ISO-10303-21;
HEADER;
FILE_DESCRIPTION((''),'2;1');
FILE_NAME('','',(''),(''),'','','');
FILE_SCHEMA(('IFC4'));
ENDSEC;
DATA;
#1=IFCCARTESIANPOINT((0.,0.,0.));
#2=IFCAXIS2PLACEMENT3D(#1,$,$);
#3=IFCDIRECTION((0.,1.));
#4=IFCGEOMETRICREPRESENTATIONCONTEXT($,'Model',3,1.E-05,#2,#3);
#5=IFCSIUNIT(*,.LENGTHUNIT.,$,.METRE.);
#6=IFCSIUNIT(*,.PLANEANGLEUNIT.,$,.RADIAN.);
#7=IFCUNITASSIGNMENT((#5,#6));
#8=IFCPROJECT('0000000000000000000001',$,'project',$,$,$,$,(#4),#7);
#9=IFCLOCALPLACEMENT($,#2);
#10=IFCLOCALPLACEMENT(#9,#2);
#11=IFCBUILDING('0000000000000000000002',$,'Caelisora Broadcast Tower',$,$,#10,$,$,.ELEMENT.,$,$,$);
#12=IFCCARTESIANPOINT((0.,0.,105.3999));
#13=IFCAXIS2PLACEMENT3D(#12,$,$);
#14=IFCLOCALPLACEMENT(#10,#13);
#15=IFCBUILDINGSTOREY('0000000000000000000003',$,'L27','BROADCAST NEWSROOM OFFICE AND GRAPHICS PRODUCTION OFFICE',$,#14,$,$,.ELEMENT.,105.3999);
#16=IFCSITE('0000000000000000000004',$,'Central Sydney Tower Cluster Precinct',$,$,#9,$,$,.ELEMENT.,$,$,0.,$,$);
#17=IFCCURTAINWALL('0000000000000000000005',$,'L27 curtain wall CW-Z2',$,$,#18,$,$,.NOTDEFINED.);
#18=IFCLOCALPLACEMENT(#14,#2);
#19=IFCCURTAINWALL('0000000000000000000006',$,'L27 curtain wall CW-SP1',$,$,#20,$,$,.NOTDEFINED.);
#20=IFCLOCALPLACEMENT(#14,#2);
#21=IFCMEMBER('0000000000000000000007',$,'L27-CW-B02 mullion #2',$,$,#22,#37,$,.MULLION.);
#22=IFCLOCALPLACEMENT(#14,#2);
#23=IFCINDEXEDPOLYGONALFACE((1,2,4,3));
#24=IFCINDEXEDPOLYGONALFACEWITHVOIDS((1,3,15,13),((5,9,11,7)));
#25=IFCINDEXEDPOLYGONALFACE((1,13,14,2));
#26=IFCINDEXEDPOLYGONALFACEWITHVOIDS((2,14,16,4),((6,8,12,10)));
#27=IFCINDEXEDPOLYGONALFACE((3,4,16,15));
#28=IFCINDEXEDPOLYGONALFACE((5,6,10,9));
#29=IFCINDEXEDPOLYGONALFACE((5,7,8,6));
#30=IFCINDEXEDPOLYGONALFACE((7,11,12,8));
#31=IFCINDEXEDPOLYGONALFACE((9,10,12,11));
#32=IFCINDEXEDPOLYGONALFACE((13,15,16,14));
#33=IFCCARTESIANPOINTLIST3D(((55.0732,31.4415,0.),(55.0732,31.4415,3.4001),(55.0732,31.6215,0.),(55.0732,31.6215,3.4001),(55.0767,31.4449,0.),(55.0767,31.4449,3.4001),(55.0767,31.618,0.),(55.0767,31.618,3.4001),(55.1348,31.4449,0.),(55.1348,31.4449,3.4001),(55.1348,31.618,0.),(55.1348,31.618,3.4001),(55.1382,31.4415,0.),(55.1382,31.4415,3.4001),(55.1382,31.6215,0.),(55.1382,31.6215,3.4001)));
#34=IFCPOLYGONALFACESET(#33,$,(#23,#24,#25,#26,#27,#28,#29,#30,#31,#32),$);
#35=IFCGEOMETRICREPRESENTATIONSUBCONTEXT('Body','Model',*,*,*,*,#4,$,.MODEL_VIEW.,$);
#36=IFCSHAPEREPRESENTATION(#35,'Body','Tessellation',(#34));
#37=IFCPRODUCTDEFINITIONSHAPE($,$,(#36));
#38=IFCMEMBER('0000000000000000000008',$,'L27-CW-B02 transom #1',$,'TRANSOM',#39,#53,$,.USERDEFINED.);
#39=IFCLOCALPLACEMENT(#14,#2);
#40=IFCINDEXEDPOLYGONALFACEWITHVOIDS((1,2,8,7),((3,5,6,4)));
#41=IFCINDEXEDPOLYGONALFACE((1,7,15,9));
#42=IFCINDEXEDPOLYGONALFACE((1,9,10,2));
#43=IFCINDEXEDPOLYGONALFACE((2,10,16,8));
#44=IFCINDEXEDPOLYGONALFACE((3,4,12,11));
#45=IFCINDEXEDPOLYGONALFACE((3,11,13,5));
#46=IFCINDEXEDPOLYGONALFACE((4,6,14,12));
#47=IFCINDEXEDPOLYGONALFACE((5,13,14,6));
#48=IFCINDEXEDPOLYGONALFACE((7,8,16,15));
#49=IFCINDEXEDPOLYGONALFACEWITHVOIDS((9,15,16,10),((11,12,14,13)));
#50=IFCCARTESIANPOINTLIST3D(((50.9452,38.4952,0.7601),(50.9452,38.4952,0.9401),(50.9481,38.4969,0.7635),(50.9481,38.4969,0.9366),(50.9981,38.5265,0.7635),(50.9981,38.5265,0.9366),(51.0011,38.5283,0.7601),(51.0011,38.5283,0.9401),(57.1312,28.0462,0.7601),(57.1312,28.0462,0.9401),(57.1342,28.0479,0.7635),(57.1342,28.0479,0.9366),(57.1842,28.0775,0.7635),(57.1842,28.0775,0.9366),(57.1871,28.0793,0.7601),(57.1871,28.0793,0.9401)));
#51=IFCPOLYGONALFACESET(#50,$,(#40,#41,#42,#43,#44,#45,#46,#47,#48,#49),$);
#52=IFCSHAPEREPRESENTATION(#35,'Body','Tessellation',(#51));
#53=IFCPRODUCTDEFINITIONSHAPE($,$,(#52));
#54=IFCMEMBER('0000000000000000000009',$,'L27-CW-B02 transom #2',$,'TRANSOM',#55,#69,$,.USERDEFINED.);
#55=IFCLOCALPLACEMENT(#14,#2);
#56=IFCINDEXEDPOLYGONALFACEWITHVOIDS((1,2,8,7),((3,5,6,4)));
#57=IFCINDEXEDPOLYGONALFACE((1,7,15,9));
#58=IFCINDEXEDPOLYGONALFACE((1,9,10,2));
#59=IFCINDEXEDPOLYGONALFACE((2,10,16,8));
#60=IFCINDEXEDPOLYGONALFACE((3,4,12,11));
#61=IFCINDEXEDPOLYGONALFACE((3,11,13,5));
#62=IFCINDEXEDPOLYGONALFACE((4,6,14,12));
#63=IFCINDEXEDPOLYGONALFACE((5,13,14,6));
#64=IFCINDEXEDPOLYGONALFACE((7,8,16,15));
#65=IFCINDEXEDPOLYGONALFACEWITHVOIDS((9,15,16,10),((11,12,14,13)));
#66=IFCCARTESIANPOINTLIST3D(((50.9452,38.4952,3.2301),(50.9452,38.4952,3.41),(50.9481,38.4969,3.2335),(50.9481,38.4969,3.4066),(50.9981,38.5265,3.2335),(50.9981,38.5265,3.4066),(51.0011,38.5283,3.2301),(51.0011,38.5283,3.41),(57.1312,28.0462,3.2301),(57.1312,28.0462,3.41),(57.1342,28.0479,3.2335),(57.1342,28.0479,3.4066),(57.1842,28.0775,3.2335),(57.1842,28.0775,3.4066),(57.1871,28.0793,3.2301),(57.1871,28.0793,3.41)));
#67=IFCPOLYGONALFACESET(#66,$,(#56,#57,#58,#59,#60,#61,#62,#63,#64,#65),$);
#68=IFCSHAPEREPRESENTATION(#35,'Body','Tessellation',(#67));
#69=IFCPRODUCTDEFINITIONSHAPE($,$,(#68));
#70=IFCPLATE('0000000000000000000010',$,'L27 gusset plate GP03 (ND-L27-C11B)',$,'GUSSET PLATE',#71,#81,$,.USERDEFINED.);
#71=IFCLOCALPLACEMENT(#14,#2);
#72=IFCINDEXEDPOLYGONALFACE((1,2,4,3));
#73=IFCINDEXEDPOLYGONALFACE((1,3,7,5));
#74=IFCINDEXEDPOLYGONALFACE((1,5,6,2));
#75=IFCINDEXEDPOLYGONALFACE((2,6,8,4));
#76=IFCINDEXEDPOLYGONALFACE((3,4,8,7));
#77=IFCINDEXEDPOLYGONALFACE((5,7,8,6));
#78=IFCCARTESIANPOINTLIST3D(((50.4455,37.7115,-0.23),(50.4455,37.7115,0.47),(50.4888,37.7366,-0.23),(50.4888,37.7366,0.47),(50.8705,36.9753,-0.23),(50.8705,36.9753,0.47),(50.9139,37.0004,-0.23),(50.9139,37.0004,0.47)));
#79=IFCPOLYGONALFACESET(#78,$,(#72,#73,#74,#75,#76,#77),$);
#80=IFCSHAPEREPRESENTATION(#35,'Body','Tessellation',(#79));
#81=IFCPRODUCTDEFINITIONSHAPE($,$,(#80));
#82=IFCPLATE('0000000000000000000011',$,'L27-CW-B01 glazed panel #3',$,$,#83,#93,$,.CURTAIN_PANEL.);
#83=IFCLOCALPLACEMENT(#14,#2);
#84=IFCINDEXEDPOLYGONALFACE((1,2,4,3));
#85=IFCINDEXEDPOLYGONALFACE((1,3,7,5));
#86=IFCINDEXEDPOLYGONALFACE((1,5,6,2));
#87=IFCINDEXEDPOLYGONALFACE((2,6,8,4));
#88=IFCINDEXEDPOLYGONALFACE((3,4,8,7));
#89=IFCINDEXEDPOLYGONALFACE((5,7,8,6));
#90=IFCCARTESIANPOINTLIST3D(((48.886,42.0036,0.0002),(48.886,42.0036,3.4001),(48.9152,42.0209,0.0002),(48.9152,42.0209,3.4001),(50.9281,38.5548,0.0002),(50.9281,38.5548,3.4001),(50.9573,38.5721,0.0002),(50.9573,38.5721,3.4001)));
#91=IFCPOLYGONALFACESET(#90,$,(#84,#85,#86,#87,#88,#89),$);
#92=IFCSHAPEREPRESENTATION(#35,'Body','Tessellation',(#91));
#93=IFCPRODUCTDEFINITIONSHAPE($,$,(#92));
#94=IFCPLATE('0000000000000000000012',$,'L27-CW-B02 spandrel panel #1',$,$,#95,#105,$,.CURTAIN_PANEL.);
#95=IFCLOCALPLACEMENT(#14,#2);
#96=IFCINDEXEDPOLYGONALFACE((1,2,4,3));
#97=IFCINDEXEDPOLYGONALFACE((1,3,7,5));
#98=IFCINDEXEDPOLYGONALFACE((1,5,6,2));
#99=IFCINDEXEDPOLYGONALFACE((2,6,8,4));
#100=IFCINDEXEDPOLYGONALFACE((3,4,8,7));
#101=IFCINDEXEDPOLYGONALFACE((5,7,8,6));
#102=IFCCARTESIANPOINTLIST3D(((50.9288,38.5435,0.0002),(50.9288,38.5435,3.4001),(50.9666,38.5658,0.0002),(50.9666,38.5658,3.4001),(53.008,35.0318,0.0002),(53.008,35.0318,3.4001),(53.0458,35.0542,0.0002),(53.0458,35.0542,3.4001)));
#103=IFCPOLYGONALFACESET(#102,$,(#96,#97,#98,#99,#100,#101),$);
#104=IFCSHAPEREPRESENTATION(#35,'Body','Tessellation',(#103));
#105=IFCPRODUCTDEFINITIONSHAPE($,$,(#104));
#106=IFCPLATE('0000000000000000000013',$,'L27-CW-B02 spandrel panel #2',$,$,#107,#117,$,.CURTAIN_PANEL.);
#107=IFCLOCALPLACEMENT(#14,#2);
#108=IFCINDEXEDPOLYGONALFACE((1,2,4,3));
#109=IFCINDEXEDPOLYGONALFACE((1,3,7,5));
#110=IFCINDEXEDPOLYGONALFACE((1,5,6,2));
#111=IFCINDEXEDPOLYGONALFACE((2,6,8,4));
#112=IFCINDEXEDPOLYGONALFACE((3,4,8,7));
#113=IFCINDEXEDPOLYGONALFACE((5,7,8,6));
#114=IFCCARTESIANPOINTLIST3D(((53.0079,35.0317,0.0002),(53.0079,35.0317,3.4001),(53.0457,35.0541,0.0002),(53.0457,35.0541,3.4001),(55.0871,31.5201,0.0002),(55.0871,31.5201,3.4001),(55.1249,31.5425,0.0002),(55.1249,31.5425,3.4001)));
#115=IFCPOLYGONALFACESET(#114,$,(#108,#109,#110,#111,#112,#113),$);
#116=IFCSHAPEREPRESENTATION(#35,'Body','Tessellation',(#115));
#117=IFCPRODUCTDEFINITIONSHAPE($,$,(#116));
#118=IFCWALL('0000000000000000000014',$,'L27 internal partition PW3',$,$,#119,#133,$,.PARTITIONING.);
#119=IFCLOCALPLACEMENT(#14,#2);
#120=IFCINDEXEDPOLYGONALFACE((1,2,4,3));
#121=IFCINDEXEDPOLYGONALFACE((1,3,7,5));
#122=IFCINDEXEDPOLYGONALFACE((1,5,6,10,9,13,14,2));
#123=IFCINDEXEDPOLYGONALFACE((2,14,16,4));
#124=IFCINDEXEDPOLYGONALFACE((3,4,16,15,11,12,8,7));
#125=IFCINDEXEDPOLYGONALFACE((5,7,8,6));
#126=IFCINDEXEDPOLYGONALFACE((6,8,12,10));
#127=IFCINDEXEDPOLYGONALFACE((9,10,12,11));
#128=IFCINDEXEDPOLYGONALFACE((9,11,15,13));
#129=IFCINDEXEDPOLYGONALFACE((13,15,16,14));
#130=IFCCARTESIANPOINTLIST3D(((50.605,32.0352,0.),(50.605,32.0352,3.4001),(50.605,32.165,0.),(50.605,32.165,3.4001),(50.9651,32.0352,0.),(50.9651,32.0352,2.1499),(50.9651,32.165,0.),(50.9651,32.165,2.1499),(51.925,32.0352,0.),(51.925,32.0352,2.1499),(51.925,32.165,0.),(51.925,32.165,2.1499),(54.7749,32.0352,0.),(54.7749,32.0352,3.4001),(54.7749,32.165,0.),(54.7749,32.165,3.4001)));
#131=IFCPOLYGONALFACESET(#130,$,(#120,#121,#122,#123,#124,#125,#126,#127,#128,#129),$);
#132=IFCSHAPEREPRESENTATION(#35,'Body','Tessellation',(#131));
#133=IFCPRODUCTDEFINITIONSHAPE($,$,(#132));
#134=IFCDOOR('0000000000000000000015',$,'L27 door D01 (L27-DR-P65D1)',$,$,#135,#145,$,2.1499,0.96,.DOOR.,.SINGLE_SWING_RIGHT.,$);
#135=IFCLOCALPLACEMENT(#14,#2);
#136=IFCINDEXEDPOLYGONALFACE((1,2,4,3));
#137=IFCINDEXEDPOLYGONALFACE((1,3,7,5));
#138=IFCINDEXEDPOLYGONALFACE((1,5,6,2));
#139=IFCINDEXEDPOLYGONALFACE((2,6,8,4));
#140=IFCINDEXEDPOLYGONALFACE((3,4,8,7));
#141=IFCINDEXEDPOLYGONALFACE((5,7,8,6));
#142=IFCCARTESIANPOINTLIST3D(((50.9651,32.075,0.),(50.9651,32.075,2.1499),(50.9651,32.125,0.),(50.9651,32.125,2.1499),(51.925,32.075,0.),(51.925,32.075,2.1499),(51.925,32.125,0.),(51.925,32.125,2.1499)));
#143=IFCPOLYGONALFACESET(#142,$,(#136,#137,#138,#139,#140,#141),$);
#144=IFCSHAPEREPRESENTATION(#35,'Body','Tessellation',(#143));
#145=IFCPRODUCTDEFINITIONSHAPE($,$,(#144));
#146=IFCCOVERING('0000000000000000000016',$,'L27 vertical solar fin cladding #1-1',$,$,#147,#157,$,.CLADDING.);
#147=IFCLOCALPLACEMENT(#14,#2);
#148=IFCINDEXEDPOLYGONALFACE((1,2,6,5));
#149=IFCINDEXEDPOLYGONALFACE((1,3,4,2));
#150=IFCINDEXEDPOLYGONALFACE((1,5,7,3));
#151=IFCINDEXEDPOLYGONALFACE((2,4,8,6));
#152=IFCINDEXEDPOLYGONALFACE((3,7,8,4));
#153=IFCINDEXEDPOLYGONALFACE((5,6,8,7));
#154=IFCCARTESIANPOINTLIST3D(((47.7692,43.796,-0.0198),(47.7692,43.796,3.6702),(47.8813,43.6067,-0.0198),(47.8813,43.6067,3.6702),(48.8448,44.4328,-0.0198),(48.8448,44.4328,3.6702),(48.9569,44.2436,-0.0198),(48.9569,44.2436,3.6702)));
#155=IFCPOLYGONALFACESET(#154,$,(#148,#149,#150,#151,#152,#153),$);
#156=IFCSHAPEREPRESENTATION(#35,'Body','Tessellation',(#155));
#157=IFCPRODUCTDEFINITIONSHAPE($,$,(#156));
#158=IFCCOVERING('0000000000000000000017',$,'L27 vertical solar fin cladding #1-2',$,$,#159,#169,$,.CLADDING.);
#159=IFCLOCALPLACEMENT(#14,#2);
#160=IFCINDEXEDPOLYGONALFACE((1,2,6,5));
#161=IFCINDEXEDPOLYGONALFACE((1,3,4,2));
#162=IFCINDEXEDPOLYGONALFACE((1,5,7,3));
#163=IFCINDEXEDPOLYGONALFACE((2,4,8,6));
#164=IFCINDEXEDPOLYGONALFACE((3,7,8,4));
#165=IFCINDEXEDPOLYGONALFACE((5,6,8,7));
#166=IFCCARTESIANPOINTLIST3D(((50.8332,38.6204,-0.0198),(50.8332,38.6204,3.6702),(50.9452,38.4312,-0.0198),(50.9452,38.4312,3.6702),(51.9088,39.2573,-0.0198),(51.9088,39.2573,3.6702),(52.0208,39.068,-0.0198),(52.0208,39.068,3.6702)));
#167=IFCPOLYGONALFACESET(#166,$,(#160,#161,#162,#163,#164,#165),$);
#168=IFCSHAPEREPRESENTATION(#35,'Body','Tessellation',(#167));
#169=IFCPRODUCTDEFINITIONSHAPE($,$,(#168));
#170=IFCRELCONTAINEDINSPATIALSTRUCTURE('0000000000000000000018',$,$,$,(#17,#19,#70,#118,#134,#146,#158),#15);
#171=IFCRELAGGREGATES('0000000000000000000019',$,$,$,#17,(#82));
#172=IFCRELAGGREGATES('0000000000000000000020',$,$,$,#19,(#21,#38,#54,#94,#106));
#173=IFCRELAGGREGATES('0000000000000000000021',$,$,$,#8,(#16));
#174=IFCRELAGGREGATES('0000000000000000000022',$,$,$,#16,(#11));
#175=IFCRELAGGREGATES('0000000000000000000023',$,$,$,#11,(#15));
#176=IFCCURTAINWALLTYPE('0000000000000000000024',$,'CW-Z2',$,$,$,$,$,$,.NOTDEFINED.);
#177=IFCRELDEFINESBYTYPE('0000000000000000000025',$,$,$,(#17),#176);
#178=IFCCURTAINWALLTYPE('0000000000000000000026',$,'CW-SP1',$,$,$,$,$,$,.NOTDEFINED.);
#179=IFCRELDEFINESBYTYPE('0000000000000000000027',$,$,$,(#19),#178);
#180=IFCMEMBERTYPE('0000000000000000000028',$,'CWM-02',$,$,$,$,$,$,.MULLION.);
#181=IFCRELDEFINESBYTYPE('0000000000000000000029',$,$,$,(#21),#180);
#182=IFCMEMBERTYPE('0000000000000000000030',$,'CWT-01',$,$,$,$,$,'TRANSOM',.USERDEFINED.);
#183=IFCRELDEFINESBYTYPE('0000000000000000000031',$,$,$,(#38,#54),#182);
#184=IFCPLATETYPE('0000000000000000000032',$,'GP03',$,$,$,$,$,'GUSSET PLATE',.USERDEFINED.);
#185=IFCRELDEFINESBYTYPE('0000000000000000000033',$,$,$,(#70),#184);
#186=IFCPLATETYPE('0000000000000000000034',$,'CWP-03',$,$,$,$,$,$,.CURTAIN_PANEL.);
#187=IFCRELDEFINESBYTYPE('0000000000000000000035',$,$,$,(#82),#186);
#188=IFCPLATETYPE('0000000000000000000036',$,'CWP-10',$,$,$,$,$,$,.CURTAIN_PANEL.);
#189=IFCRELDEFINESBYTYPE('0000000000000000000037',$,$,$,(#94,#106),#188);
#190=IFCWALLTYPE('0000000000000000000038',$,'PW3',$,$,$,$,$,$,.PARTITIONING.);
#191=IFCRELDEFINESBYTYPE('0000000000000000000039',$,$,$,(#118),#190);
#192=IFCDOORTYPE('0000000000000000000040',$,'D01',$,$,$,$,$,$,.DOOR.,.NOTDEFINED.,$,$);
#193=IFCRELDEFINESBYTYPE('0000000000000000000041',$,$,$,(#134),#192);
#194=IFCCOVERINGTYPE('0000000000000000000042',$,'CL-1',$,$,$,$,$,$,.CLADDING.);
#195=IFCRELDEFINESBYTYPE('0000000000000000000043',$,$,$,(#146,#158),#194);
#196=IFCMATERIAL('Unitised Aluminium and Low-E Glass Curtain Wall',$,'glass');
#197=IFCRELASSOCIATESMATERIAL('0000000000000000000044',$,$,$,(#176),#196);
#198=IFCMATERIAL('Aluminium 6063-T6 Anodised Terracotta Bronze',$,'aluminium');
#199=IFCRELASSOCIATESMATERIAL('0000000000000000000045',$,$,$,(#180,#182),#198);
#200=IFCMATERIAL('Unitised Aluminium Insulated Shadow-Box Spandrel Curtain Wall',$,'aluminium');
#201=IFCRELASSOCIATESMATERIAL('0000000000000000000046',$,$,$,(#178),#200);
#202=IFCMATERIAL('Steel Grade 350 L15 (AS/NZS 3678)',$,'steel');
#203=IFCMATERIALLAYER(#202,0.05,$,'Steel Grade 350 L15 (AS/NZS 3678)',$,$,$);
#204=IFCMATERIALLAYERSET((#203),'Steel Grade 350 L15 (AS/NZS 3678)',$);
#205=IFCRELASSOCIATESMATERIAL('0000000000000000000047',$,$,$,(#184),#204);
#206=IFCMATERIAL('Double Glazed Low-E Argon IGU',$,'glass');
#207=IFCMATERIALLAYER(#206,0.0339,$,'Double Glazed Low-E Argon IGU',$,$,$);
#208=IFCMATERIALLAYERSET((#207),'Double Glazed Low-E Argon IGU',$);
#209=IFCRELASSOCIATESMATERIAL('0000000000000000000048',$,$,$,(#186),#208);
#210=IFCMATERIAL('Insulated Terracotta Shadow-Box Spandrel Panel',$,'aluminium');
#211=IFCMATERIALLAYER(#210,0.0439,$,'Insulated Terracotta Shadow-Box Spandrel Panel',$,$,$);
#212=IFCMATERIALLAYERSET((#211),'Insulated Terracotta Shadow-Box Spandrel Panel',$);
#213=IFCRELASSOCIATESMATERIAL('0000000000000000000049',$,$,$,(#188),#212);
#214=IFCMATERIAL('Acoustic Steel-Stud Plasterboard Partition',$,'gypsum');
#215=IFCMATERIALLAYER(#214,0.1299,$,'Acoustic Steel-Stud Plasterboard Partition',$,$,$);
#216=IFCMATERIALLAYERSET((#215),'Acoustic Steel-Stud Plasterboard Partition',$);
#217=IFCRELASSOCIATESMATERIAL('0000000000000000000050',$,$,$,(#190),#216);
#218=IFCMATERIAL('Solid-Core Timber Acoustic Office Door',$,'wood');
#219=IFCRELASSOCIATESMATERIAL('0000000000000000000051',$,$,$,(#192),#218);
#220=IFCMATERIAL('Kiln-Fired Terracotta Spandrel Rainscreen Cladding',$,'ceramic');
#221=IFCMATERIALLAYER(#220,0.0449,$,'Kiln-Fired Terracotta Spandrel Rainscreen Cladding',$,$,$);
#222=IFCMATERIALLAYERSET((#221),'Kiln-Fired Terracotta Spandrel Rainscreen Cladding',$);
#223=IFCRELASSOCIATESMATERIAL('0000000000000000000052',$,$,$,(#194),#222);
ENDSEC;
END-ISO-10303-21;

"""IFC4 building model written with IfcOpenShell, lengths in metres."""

from ifc_helpers import new_model, si_unit, direction, frame, frame_2d, origin, origin_2d, place, context, subcontext, project, spatial, rectangle, hollow_rectangle, extrude, source, transform, mapped, material, layer, layer_set, material_profile, profile_set, type_object, type_shapes, element, fill, aggregate, save


model = new_model("IFC4")

# Units and contexts
model_context = context("Model", 3, precision=1e-05, world=origin(), true_north=direction((0.0, 1.0)))
body_context = subcontext(model_context, "Body", "Model", "MODEL_VIEW")
ifc_project = project(units=[si_unit("LENGTHUNIT", "METRE"), si_unit("PLANEANGLEUNIT", "RADIAN")], contexts=[model_context])

# Site, building, storey
site_placement = place(None, origin())
site = spatial("IfcSite", under=ifc_project, at=site_placement, Name="Central Sydney Tower Cluster Precinct", CompositionType="ELEMENT", RefElevation=0.0)
building_placement = place(site_placement, origin())
building = spatial("IfcBuilding", under=site, at=building_placement, Name="Caelisora Broadcast Tower", CompositionType="ELEMENT")
storey_placement = place(building_placement, frame((0.0, 0.0, 105.3999)))
storey = spatial("IfcBuildingStorey", under=building, at=storey_placement, Name="L27", Description="BROADCAST NEWSROOM OFFICE AND GRAPHICS PRODUCTION OFFICE", CompositionType="ELEMENT", Elevation=105.3999)

# Shared definitions
ifc_material_1 = material(Name="Steel Grade 350 L15 (AS/NZS 3678)", Category="steel")

# Curtain walls, members
ifc_material_2 = material(Name="Unitised Aluminium and Low-E Glass Curtain Wall", Category="glass")
curtain_wall_type_1 = type_object("IfcCurtainWallType", Name="CW-Z2", PredefinedType="NOTDEFINED", material=ifc_material_2)
curtain_wall_1_placement = place(storey_placement, origin())
curtain_wall_1 = element("IfcCurtainWall", 1, at=curtain_wall_1_placement, inside=storey, type_object=curtain_wall_type_1, Name="L27 curtain wall CW-Z2", PredefinedType="NOTDEFINED")
ifc_material_3 = material(Name="Aluminium 6063-T6 Anodised Terracotta Bronze", Category="aluminium")
ifc_material_profile_1 = material_profile(ifc_material_3, hollow_rectangle(XDim=0.0649, YDim=0.1799, WallThickness=0.0034, at=origin_2d()), Name="Aluminium 6063-T6 Anodised Terracotta Bronze")
ifc_profile_set_1 = profile_set([ifc_material_profile_1], Name="Aluminium 6063-T6 Anodised Terracotta Bronze")
member_type_1 = type_object("IfcMemberType", Name="CWM-02", PredefinedType="MULLION", material=ifc_profile_set_1)
shared_shape_1 = source(origin(), body_context, "Body", "SweptSolid", [
    extrude(hollow_rectangle(XDim=0.0649, YDim=0.1799, WallThickness=0.0034, at=origin_2d()), origin(), (0.0, 0.0, 1.0), 3.4001),
])
type_shapes(member_type_1, [shared_shape_1])
ifc_material_4 = material(Name="Unitised Aluminium Insulated Shadow-Box Spandrel Curtain Wall", Category="aluminium")
curtain_wall_type_2 = type_object("IfcCurtainWallType", Name="CW-SP1", PredefinedType="NOTDEFINED", material=ifc_material_4)
curtain_wall_2_placement = place(storey_placement, origin())
curtain_wall_2 = element("IfcCurtainWall", 2, at=curtain_wall_2_placement, inside=storey, type_object=curtain_wall_type_2, Name="L27 curtain wall CW-SP1", PredefinedType="NOTDEFINED")
member_1_placement = place(storey_placement, frame((55.1057, 31.5315, 0.0), z_axis=(0.0, 0.0, 1.0), x_axis=(1.0, 0.0, 0.0)))
member_1 = element("IfcMember", 3, at=member_1_placement, type_object=member_type_1, Name="L27-CW-B02 mullion #2", PredefinedType="MULLION", context=body_context, shape_type="MappedRepresentation", body=[
    mapped(shared_shape_1, transform((0.0, 0.0, 0.0), scale=1.0)),
])
ifc_material_profile_2 = material_profile(ifc_material_3, hollow_rectangle(XDim=0.0649, YDim=0.1799, WallThickness=0.0034, at=origin_2d()), Name="Aluminium 6063-T6 Anodised Terracotta Bronze")
ifc_profile_set_2 = profile_set([ifc_material_profile_2], Name="Aluminium 6063-T6 Anodised Terracotta Bronze")
member_type_2 = type_object("IfcMemberType", Name="CWT-01", ElementType="TRANSOM", PredefinedType="USERDEFINED", material=ifc_profile_set_2)
shared_shape_2 = source(origin(), body_context, "Body", "SweptSolid", [
    extrude(hollow_rectangle(XDim=0.0649, YDim=0.1799, WallThickness=0.0034, at=origin_2d()), origin(), (0.0, 0.0, 1.0), 12.1428),
])
type_shapes(member_type_2, [shared_shape_2])
member_2_placement = place(storey_placement, frame((50.9731, 38.5117, 0.8501), z_axis=(0.50944, -0.860506, 0.0), x_axis=(0.860506, 0.50944, 0.0)))
member_2 = element("IfcMember", 4, at=member_2_placement, type_object=member_type_2, Name="L27-CW-B02 transom #1", ObjectType="TRANSOM", PredefinedType="USERDEFINED", context=body_context, shape_type="MappedRepresentation", body=[
    mapped(shared_shape_2, transform((0.0, 0.0, 0.0), scale=1.0)),
])
member_3_placement = place(storey_placement, frame((50.9731, 38.5117, 3.3201), z_axis=(0.50944, -0.860506, 0.0), x_axis=(0.860506, 0.50944, 0.0)))
member_3 = element("IfcMember", 5, at=member_3_placement, type_object=member_type_2, Name="L27-CW-B02 transom #2", ObjectType="TRANSOM", PredefinedType="USERDEFINED", context=body_context, shape_type="MappedRepresentation", body=[
    mapped(shared_shape_2, transform((0.0, 0.0, 0.0), scale=1.0)),
])

# Plates
ifc_layer_1 = layer(ifc_material_1, 0.05, Name="Steel Grade 350 L15 (AS/NZS 3678)")
ifc_layer_set_1 = layer_set([ifc_layer_1], Name="Steel Grade 350 L15 (AS/NZS 3678)")
plate_type_1 = type_object("IfcPlateType", Name="GP03", ElementType="GUSSET PLATE", PredefinedType="USERDEFINED", material=ifc_layer_set_1)
shared_shape_3 = source(origin(), body_context, "Body", "SweptSolid", [
    extrude(rectangle(XDim=0.8501, YDim=0.05, at=origin_2d()), origin(), (0.0, 0.0, 1.0), 0.7),
])
type_shapes(plate_type_1, [shared_shape_3])
plate_1_placement = place(storey_placement, frame((50.6797, 37.356, -0.23), z_axis=(0.0, 0.0, 1.0), x_axis=(-0.5, 0.866025, 0.0)))
element("IfcPlate", 6, at=plate_1_placement, inside=storey, type_object=plate_type_1, Name="L27 gusset plate GP03 (ND-L27-C11B)", ObjectType="GUSSET PLATE", PredefinedType="USERDEFINED", context=body_context, shape_type="MappedRepresentation", body=[
    mapped(shared_shape_3, transform((0.0, 0.0, 0.0), scale=1.0)),
])
ifc_material_5 = material(Name="Double Glazed Low-E Argon IGU", Category="glass")
ifc_layer_2 = layer(ifc_material_5, 0.0339, Name="Double Glazed Low-E Argon IGU")
ifc_layer_set_2 = layer_set([ifc_layer_2], Name="Double Glazed Low-E Argon IGU")
plate_type_2 = type_object("IfcPlateType", Name="CWP-03", PredefinedType="CURTAIN_PANEL", material=ifc_layer_set_2)
shared_shape_4 = source(origin(), body_context, "Body", "SweptSolid", [
    extrude(rectangle(XDim=4.0081, YDim=0.0339, at=origin_2d()), origin(), (0.0, 0.0, 1.0), 3.3999),
])
type_shapes(plate_type_2, [shared_shape_4])
plate_2_placement = place(storey_placement, frame((49.9216, 40.2878, 0.0002), z_axis=(0.0, 0.0, 1.0), x_axis=(0.509492, -0.860475, 0.0)))
plate_2 = element("IfcPlate", 7, at=plate_2_placement, type_object=plate_type_2, Name="L27-CW-B01 glazed panel #3", PredefinedType="CURTAIN_PANEL", context=body_context, shape_type="MappedRepresentation", body=[
    mapped(shared_shape_4, transform((0.0, 0.0, 0.0), scale=1.0)),
])
aggregate(curtain_wall_1, [plate_2])
ifc_material_6 = material(Name="Insulated Terracotta Shadow-Box Spandrel Panel", Category="aluminium")
ifc_layer_3 = layer(ifc_material_6, 0.0439, Name="Insulated Terracotta Shadow-Box Spandrel Panel")
ifc_layer_set_3 = layer_set([ifc_layer_3], Name="Insulated Terracotta Shadow-Box Spandrel Panel")
plate_type_3 = type_object("IfcPlateType", Name="CWP-10", PredefinedType="CURTAIN_PANEL", material=ifc_layer_set_3)
shared_shape_5 = source(origin(), body_context, "Body", "SweptSolid", [
    extrude(rectangle(XDim=4.0811, YDim=0.0439, at=origin_2d()), origin(), (0.0, 0.0, 1.0), 3.3999),
])
type_shapes(plate_type_3, [shared_shape_5])
plate_3_placement = place(storey_placement, frame((51.9873, 36.7988, 0.0002), z_axis=(0.0, 0.0, 1.0), x_axis=(0.509492, -0.860475, 0.0)))
plate_3 = element("IfcPlate", 8, at=plate_3_placement, type_object=plate_type_3, Name="L27-CW-B02 spandrel panel #1", PredefinedType="CURTAIN_PANEL", context=body_context, shape_type="MappedRepresentation", body=[
    mapped(shared_shape_5, transform((0.0, 0.0, 0.0), scale=1.0)),
])
plate_4_placement = place(storey_placement, frame((54.0664, 33.2871, 0.0002), z_axis=(0.0, 0.0, 1.0), x_axis=(0.509492, -0.860475, 0.0)))
plate_4 = element("IfcPlate", 9, at=plate_4_placement, type_object=plate_type_3, Name="L27-CW-B02 spandrel panel #2", PredefinedType="CURTAIN_PANEL", context=body_context, shape_type="MappedRepresentation", body=[
    mapped(shared_shape_5, transform((0.0, 0.0, 0.0), scale=1.0)),
])
aggregate(curtain_wall_2, [member_1, member_2, member_3, plate_3, plate_4])

# Wall, opening, door
ifc_material_7 = material(Name="Acoustic Steel-Stud Plasterboard Partition", Category="gypsum")
ifc_layer_4 = layer(ifc_material_7, 0.1299, Name="Acoustic Steel-Stud Plasterboard Partition")
ifc_layer_set_4 = layer_set([ifc_layer_4], Name="Acoustic Steel-Stud Plasterboard Partition")
wall_type = type_object("IfcWallType", Name="PW3", PredefinedType="PARTITIONING", material=ifc_layer_set_4)
wall_placement = place(storey_placement, frame((50.605, 32.1001, 0.0), z_axis=(0.0, 0.0, 1.0), x_axis=(1.0, 0.0, 0.0)))
wall = element("IfcWall", 10, at=wall_placement, inside=storey, type_object=wall_type, Name="L27 internal partition PW3", PredefinedType="PARTITIONING", context=body_context, shape_type="SweptSolid", body=[
    extrude(rectangle(XDim=4.1699, YDim=0.1299, at=frame_2d((2.085, 0.0))), origin(), (0.0, 0.0, 1.0), 3.4001),
])
opening_placement = place(wall_placement, frame((0.3601, 0.0, 0.0)))
opening = element("IfcOpeningElement", 11, at=opening_placement, cuts=wall, PredefinedType="OPENING", context=body_context, shape_type="SweptSolid", body=[
    extrude(rectangle(XDim=0.96, YDim=2.1499, at=frame_2d((0.48, 1.075))), frame((0.0, 0.0769, 0.0), z_axis=(0.0, -1.0, 0.0), x_axis=(1.0, 0.0, 0.0)), (0.0, 0.0, 1.0), 0.1538),
])
ifc_material_8 = material(Name="Solid-Core Timber Acoustic Office Door", Category="wood")
door_type = type_object("IfcDoorType", Name="D01", OperationType="NOTDEFINED", PredefinedType="DOOR", material=ifc_material_8)
door_placement = place(opening_placement, origin())
door = element("IfcDoor", 12, at=door_placement, inside=storey, type_object=door_type, Name="L27 door D01 (L27-DR-P65D1)", OperationType="SINGLE_SWING_RIGHT", OverallHeight=2.1499, OverallWidth=0.96, PredefinedType="DOOR", context=body_context, shape_type="SweptSolid", body=[
    extrude(rectangle(XDim=0.96, YDim=2.1499, at=frame_2d((0.48, 1.075))), frame((0.0, 0.0249, 0.0), z_axis=(0.0, -1.0, 0.0), x_axis=(1.0, 0.0, 0.0)), (0.0, 0.0, 1.0), 0.05),
])
fill(opening, door)

# Coverings
ifc_material_9 = material(Name="Kiln-Fired Terracotta Spandrel Rainscreen Cladding", Category="ceramic")
ifc_layer_5 = layer(ifc_material_9, 0.0449, Name="Kiln-Fired Terracotta Spandrel Rainscreen Cladding")
ifc_layer_set_5 = layer_set([ifc_layer_5], Name="Kiln-Fired Terracotta Spandrel Rainscreen Cladding")
covering_type = type_object("IfcCoveringType", Name="CL-1", PredefinedType="CLADDING", material=ifc_layer_set_5)
shared_shape_6 = source(origin(), body_context, "Body", "SweptSolid", [
    extrude(rectangle(XDim=0.22, YDim=1.25, at=origin_2d()), origin(), (0.0, 0.0, 1.0), 3.6899),
])
type_shapes(covering_type, [shared_shape_6])
for number, where, z_axis, x_axis, name in (
    (13, (48.363, 44.0198, -0.0198), (0.0, 0.0, 1.0), (0.509492, -0.860475, 0.0), "L27 vertical solar fin cladding #1-1"),
    (14, (51.427, 38.8442, -0.0198), (0.0, 0.0, 1.0), (0.509492, -0.860475, 0.0), "L27 vertical solar fin cladding #1-2"),
):
    element("IfcCovering", number, at=place(storey_placement, frame(where, z_axis=z_axis, x_axis=x_axis)), inside=storey, type_object=covering_type, Name=name, PredefinedType="CLADDING", context=body_context, shape_type="MappedRepresentation", body=[
        mapped(shared_shape_6, transform((0.0, 0.0, 0.0), scale=1.0)),
    ])

save(model, "model.ifc")
